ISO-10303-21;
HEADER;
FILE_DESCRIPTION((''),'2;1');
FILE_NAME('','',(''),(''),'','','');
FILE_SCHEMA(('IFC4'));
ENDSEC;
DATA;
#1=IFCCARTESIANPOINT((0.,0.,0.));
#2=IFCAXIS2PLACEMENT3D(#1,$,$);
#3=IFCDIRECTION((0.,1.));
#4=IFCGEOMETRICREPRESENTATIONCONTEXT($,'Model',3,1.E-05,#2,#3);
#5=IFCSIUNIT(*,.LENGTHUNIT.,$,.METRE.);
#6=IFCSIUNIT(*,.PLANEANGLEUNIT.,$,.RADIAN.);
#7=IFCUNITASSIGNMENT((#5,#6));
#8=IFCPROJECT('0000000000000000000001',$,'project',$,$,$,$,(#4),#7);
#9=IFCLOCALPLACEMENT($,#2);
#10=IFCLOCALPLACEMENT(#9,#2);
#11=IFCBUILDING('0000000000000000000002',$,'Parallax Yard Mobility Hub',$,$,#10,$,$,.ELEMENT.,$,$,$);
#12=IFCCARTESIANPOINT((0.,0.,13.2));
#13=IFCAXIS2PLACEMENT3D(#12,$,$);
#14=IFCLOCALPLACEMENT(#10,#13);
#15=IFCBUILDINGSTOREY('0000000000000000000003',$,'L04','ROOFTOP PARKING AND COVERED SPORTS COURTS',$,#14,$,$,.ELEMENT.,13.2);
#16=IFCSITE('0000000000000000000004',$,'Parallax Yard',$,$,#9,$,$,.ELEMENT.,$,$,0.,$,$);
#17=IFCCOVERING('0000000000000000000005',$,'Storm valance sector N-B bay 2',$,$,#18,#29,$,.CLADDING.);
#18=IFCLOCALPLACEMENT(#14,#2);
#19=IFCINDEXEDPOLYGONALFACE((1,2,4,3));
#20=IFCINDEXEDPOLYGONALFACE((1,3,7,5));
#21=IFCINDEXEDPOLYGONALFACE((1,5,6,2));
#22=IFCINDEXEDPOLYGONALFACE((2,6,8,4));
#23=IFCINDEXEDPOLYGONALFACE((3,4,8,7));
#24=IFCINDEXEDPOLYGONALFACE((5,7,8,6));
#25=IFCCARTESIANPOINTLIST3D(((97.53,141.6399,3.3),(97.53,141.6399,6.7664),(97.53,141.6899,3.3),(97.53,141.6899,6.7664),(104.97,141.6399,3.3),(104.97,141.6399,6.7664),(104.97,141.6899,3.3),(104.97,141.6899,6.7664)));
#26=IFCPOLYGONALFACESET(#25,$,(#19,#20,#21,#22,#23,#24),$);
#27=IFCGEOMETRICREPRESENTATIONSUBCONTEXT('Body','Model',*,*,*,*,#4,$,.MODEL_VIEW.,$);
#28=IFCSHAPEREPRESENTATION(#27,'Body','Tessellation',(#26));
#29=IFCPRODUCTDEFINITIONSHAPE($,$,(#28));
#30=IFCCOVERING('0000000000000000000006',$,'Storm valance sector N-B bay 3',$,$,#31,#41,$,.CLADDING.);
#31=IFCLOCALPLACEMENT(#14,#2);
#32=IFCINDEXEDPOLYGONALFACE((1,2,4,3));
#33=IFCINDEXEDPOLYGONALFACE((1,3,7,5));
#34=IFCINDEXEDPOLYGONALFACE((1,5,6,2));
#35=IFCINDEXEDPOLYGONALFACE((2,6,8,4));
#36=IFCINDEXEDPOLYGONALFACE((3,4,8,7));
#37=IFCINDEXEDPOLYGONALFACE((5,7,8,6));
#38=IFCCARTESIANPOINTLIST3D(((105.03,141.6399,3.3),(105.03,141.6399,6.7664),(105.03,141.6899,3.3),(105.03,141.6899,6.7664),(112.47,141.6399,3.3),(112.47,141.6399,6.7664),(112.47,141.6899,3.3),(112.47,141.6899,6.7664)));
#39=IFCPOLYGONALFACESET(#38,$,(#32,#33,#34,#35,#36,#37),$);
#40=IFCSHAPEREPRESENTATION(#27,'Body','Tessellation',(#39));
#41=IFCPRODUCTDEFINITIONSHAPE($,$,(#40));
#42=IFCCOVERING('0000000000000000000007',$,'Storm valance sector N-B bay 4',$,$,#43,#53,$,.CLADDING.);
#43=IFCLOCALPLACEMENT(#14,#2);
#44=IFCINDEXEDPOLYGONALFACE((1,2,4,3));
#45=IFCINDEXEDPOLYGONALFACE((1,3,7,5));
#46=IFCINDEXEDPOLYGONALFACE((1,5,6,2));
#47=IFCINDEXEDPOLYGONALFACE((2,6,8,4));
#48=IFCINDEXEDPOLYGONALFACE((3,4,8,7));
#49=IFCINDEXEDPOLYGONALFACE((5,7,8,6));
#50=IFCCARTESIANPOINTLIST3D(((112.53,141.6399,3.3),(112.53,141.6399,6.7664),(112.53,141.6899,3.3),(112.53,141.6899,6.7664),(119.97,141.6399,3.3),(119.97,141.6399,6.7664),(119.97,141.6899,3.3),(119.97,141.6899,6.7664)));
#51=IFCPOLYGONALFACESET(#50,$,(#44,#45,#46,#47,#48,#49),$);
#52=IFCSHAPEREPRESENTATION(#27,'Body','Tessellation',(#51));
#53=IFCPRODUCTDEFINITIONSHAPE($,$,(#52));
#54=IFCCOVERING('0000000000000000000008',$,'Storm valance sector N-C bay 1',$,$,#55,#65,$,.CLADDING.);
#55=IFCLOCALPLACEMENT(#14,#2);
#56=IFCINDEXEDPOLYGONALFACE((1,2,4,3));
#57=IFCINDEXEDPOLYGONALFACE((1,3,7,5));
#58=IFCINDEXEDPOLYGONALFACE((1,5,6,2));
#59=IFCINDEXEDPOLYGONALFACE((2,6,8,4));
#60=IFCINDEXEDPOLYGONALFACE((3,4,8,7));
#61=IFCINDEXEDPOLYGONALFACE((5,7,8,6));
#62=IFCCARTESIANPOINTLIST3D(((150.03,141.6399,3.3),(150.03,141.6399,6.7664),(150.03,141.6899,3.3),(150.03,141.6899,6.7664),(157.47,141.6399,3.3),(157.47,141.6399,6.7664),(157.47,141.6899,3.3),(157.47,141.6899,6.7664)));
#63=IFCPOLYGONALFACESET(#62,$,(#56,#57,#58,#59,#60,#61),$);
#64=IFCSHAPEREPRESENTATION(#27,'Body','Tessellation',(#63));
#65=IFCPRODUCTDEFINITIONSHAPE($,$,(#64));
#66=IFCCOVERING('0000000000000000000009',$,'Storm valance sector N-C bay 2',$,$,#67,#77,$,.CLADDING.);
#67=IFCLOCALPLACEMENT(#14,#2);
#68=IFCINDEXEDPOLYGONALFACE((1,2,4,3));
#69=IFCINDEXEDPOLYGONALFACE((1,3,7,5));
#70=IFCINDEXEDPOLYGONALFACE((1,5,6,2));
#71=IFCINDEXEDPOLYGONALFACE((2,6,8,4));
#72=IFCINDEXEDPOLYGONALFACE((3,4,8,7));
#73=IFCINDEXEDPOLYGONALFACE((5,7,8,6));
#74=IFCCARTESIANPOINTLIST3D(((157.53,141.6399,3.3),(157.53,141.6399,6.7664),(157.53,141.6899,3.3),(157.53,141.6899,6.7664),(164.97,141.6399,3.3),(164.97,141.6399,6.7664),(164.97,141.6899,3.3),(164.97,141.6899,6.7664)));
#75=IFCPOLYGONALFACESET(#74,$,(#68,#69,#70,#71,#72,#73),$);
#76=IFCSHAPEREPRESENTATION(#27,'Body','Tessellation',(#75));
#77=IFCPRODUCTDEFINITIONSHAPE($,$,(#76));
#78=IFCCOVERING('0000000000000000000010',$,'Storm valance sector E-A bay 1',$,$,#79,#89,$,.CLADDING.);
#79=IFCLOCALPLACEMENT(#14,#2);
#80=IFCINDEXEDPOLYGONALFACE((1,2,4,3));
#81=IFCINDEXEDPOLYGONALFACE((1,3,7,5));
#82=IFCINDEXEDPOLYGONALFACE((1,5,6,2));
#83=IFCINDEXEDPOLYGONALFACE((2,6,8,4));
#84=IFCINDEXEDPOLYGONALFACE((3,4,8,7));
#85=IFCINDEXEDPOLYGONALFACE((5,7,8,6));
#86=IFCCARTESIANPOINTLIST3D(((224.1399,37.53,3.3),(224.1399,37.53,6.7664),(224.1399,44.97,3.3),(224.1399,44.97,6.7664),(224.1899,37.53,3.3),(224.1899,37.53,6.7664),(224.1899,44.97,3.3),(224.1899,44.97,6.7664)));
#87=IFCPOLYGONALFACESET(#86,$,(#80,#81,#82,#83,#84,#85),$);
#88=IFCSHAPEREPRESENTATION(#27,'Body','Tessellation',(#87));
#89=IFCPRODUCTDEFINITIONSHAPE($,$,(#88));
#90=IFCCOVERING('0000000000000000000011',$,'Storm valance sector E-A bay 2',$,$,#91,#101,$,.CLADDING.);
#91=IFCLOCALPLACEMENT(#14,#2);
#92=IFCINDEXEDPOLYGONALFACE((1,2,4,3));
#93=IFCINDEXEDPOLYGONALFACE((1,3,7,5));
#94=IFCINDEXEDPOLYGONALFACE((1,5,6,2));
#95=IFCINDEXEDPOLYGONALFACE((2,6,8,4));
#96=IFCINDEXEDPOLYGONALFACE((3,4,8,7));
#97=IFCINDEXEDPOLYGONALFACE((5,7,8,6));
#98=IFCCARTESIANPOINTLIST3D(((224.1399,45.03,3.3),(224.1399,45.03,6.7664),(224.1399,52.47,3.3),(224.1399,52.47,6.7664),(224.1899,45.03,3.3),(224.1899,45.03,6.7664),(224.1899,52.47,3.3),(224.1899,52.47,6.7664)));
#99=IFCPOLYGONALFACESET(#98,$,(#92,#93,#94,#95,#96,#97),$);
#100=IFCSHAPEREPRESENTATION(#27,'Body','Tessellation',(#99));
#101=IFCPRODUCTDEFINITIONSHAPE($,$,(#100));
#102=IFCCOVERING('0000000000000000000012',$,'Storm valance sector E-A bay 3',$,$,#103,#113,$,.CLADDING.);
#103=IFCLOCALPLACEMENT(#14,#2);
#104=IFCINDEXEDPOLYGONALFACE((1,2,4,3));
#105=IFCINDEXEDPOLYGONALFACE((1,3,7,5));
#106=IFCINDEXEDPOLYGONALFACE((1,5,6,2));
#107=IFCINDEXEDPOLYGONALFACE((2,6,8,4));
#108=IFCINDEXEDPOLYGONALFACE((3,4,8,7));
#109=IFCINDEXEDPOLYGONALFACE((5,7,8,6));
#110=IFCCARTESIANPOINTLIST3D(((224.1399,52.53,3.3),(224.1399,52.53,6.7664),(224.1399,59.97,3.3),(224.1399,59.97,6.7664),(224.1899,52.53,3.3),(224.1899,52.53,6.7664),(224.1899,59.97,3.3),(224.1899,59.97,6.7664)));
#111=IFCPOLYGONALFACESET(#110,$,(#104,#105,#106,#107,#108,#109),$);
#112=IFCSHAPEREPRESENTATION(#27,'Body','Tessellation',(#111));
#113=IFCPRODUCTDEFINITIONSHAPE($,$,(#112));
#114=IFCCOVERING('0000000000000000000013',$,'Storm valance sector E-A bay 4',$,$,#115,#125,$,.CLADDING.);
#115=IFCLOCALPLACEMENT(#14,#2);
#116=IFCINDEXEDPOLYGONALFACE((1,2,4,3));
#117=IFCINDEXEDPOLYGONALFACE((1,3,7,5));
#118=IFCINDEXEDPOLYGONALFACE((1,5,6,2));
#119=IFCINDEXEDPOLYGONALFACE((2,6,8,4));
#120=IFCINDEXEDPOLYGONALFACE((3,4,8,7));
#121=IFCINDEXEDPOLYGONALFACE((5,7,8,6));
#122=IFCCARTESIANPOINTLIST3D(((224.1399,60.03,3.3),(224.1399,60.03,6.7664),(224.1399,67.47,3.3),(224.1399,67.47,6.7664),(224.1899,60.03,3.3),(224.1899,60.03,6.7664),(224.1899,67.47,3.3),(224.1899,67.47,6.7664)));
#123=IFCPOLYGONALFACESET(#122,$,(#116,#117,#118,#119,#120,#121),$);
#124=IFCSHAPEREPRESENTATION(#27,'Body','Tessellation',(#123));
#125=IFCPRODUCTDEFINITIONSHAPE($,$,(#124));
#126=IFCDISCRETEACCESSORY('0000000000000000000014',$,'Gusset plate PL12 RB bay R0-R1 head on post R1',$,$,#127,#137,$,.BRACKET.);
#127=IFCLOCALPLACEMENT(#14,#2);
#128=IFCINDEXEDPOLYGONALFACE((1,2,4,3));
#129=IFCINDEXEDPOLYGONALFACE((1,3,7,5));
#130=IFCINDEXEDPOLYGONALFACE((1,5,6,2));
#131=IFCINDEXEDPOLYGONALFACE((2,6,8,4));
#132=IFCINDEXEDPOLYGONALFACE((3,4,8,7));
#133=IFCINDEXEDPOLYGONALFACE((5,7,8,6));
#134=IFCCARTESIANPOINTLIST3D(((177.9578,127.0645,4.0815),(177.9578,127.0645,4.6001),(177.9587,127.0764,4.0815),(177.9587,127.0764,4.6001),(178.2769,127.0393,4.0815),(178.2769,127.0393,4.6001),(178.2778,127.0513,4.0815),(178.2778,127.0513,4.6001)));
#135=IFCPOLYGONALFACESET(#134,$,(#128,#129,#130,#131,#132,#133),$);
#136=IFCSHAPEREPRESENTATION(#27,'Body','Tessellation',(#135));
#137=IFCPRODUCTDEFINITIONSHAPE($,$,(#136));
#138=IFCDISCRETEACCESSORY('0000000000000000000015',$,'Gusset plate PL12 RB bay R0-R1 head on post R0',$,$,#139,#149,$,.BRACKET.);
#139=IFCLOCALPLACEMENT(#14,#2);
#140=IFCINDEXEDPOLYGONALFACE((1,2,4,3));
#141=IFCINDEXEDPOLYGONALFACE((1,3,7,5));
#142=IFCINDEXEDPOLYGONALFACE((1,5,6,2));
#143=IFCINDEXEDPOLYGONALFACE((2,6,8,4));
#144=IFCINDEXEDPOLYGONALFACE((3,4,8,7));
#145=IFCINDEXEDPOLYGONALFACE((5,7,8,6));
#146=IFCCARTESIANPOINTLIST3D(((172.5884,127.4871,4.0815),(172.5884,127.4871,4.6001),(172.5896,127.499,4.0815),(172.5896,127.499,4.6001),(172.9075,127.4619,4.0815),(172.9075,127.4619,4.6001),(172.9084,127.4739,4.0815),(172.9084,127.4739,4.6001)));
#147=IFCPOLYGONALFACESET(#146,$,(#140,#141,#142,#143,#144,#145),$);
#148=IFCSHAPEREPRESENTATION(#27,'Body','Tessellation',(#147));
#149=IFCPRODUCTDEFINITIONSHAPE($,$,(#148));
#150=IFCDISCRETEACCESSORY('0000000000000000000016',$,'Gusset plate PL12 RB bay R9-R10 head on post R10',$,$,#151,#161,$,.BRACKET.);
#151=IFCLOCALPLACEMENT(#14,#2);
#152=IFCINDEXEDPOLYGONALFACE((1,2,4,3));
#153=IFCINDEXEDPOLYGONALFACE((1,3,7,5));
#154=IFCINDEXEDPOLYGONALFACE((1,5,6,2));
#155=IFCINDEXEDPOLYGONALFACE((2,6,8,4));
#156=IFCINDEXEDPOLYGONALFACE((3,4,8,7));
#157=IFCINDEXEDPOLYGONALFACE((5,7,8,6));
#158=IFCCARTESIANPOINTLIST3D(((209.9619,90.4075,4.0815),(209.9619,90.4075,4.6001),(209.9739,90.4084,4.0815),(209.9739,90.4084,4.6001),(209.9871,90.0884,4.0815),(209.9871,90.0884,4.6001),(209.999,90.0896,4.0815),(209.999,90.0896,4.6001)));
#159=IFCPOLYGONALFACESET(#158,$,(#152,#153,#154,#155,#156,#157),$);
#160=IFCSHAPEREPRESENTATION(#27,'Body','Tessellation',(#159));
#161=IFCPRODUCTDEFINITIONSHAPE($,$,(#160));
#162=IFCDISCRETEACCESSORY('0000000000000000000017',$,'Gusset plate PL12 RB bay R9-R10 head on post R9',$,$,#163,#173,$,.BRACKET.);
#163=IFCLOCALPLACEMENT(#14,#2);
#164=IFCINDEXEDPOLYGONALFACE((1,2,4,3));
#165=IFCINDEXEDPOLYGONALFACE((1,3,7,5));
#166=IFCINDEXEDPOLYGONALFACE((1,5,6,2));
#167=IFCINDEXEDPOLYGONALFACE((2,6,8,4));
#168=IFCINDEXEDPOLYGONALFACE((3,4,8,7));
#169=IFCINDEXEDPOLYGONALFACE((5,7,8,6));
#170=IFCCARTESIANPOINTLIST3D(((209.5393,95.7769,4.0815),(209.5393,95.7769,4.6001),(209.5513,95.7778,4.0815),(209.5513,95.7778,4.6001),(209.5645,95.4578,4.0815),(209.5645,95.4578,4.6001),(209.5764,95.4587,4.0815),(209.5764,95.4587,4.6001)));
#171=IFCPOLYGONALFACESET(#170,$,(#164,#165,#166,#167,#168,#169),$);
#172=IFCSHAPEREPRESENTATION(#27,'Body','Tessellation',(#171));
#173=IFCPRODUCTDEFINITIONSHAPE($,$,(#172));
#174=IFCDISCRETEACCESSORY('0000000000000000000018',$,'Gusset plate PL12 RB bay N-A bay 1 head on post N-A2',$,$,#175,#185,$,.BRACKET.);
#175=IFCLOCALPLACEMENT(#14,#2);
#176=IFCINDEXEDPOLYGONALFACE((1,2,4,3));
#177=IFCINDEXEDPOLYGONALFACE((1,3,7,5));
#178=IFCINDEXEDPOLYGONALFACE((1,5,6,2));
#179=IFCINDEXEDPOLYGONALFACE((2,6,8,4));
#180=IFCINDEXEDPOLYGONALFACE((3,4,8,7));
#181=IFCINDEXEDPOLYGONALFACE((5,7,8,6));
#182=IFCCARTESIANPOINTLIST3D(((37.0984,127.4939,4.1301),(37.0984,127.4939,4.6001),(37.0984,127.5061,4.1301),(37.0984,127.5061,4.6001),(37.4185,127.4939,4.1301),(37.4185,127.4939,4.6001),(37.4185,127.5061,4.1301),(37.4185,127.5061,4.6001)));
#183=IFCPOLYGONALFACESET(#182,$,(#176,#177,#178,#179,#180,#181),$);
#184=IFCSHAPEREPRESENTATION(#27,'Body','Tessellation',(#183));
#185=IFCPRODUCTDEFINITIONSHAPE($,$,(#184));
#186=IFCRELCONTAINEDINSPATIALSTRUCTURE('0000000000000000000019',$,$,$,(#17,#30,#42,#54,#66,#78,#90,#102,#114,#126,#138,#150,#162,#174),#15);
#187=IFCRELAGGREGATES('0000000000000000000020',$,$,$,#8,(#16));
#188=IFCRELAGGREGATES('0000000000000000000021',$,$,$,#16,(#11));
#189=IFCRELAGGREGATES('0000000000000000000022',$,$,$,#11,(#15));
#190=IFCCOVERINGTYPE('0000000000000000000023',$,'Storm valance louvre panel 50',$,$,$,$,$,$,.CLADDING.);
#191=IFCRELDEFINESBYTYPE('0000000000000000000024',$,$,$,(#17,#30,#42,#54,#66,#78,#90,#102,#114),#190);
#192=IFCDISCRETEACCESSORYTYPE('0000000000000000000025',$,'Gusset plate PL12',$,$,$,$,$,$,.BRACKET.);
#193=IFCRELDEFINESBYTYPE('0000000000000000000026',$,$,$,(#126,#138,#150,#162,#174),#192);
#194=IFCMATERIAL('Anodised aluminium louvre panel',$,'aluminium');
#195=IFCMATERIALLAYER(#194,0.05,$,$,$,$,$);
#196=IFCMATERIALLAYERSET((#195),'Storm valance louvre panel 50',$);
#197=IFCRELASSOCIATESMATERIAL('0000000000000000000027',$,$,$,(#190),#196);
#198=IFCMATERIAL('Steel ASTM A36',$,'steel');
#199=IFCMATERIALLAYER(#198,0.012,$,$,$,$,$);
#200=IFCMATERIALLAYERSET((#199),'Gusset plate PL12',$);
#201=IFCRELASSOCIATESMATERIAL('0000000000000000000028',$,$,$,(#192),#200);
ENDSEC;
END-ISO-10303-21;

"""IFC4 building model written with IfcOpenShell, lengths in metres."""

from ifc_helpers import new_model, si_unit, direction, frame, origin, place, context, subcontext, project, spatial, polyline, outline, extrude, material, layer, layer_set, type_object, element, save


model = new_model("IFC4")

# Units and contexts
model_context = context("Model", 3, precision=1e-05, world=origin(), true_north=direction((0.0, 1.0)))
body_context = subcontext(model_context, "Body", "Model", "MODEL_VIEW")
ifc_project = project(units=[si_unit("LENGTHUNIT", "METRE"), si_unit("PLANEANGLEUNIT", "RADIAN")], contexts=[model_context])

# Site, building, storey
site_placement = place(None, origin())
site = spatial("IfcSite", under=ifc_project, at=site_placement, Name="Parallax Yard", CompositionType="ELEMENT", RefElevation=0.0)
building_placement = place(site_placement, origin())
building = spatial("IfcBuilding", under=site, at=building_placement, Name="Parallax Yard Mobility Hub", CompositionType="ELEMENT")
storey_placement = place(building_placement, frame((0.0, 0.0, 13.2)))
storey = spatial("IfcBuildingStorey", under=building, at=storey_placement, Name="L04", Description="ROOFTOP PARKING AND COVERED SPORTS COURTS", CompositionType="ELEMENT", Elevation=13.2)

# Coverings
ifc_material_1 = material(Name="Anodised aluminium louvre panel", Category="aluminium")
ifc_layer_1 = layer(ifc_material_1, 0.05)
ifc_layer_set_1 = layer_set([ifc_layer_1], Name="Storm valance louvre panel 50")
covering_type = type_object("IfcCoveringType", Name="Storm valance louvre panel 50", PredefinedType="CLADDING", material=ifc_layer_set_1)
covering_1_placement = place(storey_placement, frame((0.0, 0.0, 3.3)))
element("IfcCovering", 1, at=covering_1_placement, inside=storey, type_object=covering_type, Name="Storm valance sector N-B bay 2", PredefinedType="CLADDING", context=body_context, shape_type="SweptSolid", body=[
    extrude(outline(polyline([(97.53, 141.6399), (104.97, 141.6399), (104.97, 141.6899), (97.53, 141.6899), (97.53, 141.6399)])), origin(), (0.0, 0.0, 1.0), 3.4663),
])
covering_2_placement = place(storey_placement, frame((0.0, 0.0, 3.3)))
element("IfcCovering", 2, at=covering_2_placement, inside=storey, type_object=covering_type, Name="Storm valance sector N-B bay 3", PredefinedType="CLADDING", context=body_context, shape_type="SweptSolid", body=[
    extrude(outline(polyline([(105.03, 141.6399), (112.47, 141.6399), (112.47, 141.6899), (105.03, 141.6899), (105.03, 141.6399)])), origin(), (0.0, 0.0, 1.0), 3.4663),
])
covering_3_placement = place(storey_placement, frame((0.0, 0.0, 3.3)))
element("IfcCovering", 3, at=covering_3_placement, inside=storey, type_object=covering_type, Name="Storm valance sector N-B bay 4", PredefinedType="CLADDING", context=body_context, shape_type="SweptSolid", body=[
    extrude(outline(polyline([(112.53, 141.6399), (119.97, 141.6399), (119.97, 141.6899), (112.53, 141.6899), (112.53, 141.6399)])), origin(), (0.0, 0.0, 1.0), 3.4663),
])
covering_4_placement = place(storey_placement, frame((0.0, 0.0, 3.3)))
element("IfcCovering", 4, at=covering_4_placement, inside=storey, type_object=covering_type, Name="Storm valance sector N-C bay 1", PredefinedType="CLADDING", context=body_context, shape_type="SweptSolid", body=[
    extrude(outline(polyline([(150.03, 141.6399), (157.47, 141.6399), (157.47, 141.6899), (150.03, 141.6899), (150.03, 141.6399)])), origin(), (0.0, 0.0, 1.0), 3.4663),
])
covering_5_placement = place(storey_placement, frame((0.0, 0.0, 3.3)))
element("IfcCovering", 5, at=covering_5_placement, inside=storey, type_object=covering_type, Name="Storm valance sector N-C bay 2", PredefinedType="CLADDING", context=body_context, shape_type="SweptSolid", body=[
    extrude(outline(polyline([(157.53, 141.6399), (164.97, 141.6399), (164.97, 141.6899), (157.53, 141.6899), (157.53, 141.6399)])), origin(), (0.0, 0.0, 1.0), 3.4663),
])
covering_6_placement = place(storey_placement, frame((0.0, 0.0, 3.3)))
element("IfcCovering", 6, at=covering_6_placement, inside=storey, type_object=covering_type, Name="Storm valance sector E-A bay 1", PredefinedType="CLADDING", context=body_context, shape_type="SweptSolid", body=[
    extrude(outline(polyline([(224.1399, 37.53), (224.1399, 44.97), (224.1899, 44.97), (224.1899, 37.53), (224.1399, 37.53)])), origin(), (0.0, 0.0, 1.0), 3.4663),
])
covering_7_placement = place(storey_placement, frame((0.0, 0.0, 3.3)))
element("IfcCovering", 7, at=covering_7_placement, inside=storey, type_object=covering_type, Name="Storm valance sector E-A bay 2", PredefinedType="CLADDING", context=body_context, shape_type="SweptSolid", body=[
    extrude(outline(polyline([(224.1399, 45.03), (224.1399, 52.47), (224.1899, 52.47), (224.1899, 45.03), (224.1399, 45.03)])), origin(), (0.0, 0.0, 1.0), 3.4663),
])
covering_8_placement = place(storey_placement, frame((0.0, 0.0, 3.3)))
element("IfcCovering", 8, at=covering_8_placement, inside=storey, type_object=covering_type, Name="Storm valance sector E-A bay 3", PredefinedType="CLADDING", context=body_context, shape_type="SweptSolid", body=[
    extrude(outline(polyline([(224.1399, 52.53), (224.1399, 59.97), (224.1899, 59.97), (224.1899, 52.53), (224.1399, 52.53)])), origin(), (0.0, 0.0, 1.0), 3.4663),
])
covering_9_placement = place(storey_placement, frame((0.0, 0.0, 3.3)))
element("IfcCovering", 9, at=covering_9_placement, inside=storey, type_object=covering_type, Name="Storm valance sector E-A bay 4", PredefinedType="CLADDING", context=body_context, shape_type="SweptSolid", body=[
    extrude(outline(polyline([(224.1399, 60.03), (224.1399, 67.47), (224.1899, 67.47), (224.1899, 60.03), (224.1399, 60.03)])), origin(), (0.0, 0.0, 1.0), 3.4663),
])

# Discrete accessories
ifc_material_2 = material(Name="Steel ASTM A36", Category="steel")
ifc_layer_2 = layer(ifc_material_2, 0.012)
ifc_layer_set_2 = layer_set([ifc_layer_2], Name="Gusset plate PL12")
discrete_accessory_type = type_object("IfcDiscreteAccessoryType", Name="Gusset plate PL12", PredefinedType="BRACKET", material=ifc_layer_set_2)
discrete_accessory_1_placement = place(storey_placement, frame((0.0, 0.0, 4.0815)))
element("IfcDiscreteAccessory", 10, at=discrete_accessory_1_placement, inside=storey, type_object=discrete_accessory_type, Name="Gusset plate PL12 RB bay R0-R1 head on post R1", PredefinedType="BRACKET", context=body_context, shape_type="SweptSolid", body=[
    extrude(outline(polyline([(178.2778, 127.0513), (177.9587, 127.0764), (177.9578, 127.0645), (178.2769, 127.0393), (178.2778, 127.0513)])), origin(), (0.0, 0.0, 1.0), 0.5186),
])
discrete_accessory_2_placement = place(storey_placement, frame((0.0, 0.0, 4.0815)))
element("IfcDiscreteAccessory", 11, at=discrete_accessory_2_placement, inside=storey, type_object=discrete_accessory_type, Name="Gusset plate PL12 RB bay R0-R1 head on post R0", PredefinedType="BRACKET", context=body_context, shape_type="SweptSolid", body=[
    extrude(outline(polyline([(172.5884, 127.4871), (172.9075, 127.4619), (172.9084, 127.4739), (172.5896, 127.499), (172.5884, 127.4871)])), origin(), (0.0, 0.0, 1.0), 0.5186),
])
discrete_accessory_3_placement = place(storey_placement, frame((0.0, 0.0, 4.0815)))
element("IfcDiscreteAccessory", 12, at=discrete_accessory_3_placement, inside=storey, type_object=discrete_accessory_type, Name="Gusset plate PL12 RB bay R9-R10 head on post R10", PredefinedType="BRACKET", context=body_context, shape_type="SweptSolid", body=[
    extrude(outline(polyline([(209.999, 90.0896), (209.9739, 90.4084), (209.9619, 90.4075), (209.9871, 90.0884), (209.999, 90.0896)])), origin(), (0.0, 0.0, 1.0), 0.5186),
])
discrete_accessory_4_placement = place(storey_placement, frame((0.0, 0.0, 4.0815)))
element("IfcDiscreteAccessory", 13, at=discrete_accessory_4_placement, inside=storey, type_object=discrete_accessory_type, Name="Gusset plate PL12 RB bay R9-R10 head on post R9", PredefinedType="BRACKET", context=body_context, shape_type="SweptSolid", body=[
    extrude(outline(polyline([(209.5393, 95.7769), (209.5645, 95.4578), (209.5764, 95.4587), (209.5513, 95.7778), (209.5393, 95.7769)])), origin(), (0.0, 0.0, 1.0), 0.5186),
])
discrete_accessory_5_placement = place(storey_placement, frame((0.0, 0.0, 4.1301)))
element("IfcDiscreteAccessory", 14, at=discrete_accessory_5_placement, inside=storey, type_object=discrete_accessory_type, Name="Gusset plate PL12 RB bay N-A bay 1 head on post N-A2", PredefinedType="BRACKET", context=body_context, shape_type="SweptSolid", body=[
    extrude(outline(polyline([(37.4185, 127.5061), (37.0984, 127.5061), (37.0984, 127.4939), (37.4185, 127.4939), (37.4185, 127.5061)])), origin(), (0.0, 0.0, 1.0), 0.47),
])

save(model, "model.ifc")
